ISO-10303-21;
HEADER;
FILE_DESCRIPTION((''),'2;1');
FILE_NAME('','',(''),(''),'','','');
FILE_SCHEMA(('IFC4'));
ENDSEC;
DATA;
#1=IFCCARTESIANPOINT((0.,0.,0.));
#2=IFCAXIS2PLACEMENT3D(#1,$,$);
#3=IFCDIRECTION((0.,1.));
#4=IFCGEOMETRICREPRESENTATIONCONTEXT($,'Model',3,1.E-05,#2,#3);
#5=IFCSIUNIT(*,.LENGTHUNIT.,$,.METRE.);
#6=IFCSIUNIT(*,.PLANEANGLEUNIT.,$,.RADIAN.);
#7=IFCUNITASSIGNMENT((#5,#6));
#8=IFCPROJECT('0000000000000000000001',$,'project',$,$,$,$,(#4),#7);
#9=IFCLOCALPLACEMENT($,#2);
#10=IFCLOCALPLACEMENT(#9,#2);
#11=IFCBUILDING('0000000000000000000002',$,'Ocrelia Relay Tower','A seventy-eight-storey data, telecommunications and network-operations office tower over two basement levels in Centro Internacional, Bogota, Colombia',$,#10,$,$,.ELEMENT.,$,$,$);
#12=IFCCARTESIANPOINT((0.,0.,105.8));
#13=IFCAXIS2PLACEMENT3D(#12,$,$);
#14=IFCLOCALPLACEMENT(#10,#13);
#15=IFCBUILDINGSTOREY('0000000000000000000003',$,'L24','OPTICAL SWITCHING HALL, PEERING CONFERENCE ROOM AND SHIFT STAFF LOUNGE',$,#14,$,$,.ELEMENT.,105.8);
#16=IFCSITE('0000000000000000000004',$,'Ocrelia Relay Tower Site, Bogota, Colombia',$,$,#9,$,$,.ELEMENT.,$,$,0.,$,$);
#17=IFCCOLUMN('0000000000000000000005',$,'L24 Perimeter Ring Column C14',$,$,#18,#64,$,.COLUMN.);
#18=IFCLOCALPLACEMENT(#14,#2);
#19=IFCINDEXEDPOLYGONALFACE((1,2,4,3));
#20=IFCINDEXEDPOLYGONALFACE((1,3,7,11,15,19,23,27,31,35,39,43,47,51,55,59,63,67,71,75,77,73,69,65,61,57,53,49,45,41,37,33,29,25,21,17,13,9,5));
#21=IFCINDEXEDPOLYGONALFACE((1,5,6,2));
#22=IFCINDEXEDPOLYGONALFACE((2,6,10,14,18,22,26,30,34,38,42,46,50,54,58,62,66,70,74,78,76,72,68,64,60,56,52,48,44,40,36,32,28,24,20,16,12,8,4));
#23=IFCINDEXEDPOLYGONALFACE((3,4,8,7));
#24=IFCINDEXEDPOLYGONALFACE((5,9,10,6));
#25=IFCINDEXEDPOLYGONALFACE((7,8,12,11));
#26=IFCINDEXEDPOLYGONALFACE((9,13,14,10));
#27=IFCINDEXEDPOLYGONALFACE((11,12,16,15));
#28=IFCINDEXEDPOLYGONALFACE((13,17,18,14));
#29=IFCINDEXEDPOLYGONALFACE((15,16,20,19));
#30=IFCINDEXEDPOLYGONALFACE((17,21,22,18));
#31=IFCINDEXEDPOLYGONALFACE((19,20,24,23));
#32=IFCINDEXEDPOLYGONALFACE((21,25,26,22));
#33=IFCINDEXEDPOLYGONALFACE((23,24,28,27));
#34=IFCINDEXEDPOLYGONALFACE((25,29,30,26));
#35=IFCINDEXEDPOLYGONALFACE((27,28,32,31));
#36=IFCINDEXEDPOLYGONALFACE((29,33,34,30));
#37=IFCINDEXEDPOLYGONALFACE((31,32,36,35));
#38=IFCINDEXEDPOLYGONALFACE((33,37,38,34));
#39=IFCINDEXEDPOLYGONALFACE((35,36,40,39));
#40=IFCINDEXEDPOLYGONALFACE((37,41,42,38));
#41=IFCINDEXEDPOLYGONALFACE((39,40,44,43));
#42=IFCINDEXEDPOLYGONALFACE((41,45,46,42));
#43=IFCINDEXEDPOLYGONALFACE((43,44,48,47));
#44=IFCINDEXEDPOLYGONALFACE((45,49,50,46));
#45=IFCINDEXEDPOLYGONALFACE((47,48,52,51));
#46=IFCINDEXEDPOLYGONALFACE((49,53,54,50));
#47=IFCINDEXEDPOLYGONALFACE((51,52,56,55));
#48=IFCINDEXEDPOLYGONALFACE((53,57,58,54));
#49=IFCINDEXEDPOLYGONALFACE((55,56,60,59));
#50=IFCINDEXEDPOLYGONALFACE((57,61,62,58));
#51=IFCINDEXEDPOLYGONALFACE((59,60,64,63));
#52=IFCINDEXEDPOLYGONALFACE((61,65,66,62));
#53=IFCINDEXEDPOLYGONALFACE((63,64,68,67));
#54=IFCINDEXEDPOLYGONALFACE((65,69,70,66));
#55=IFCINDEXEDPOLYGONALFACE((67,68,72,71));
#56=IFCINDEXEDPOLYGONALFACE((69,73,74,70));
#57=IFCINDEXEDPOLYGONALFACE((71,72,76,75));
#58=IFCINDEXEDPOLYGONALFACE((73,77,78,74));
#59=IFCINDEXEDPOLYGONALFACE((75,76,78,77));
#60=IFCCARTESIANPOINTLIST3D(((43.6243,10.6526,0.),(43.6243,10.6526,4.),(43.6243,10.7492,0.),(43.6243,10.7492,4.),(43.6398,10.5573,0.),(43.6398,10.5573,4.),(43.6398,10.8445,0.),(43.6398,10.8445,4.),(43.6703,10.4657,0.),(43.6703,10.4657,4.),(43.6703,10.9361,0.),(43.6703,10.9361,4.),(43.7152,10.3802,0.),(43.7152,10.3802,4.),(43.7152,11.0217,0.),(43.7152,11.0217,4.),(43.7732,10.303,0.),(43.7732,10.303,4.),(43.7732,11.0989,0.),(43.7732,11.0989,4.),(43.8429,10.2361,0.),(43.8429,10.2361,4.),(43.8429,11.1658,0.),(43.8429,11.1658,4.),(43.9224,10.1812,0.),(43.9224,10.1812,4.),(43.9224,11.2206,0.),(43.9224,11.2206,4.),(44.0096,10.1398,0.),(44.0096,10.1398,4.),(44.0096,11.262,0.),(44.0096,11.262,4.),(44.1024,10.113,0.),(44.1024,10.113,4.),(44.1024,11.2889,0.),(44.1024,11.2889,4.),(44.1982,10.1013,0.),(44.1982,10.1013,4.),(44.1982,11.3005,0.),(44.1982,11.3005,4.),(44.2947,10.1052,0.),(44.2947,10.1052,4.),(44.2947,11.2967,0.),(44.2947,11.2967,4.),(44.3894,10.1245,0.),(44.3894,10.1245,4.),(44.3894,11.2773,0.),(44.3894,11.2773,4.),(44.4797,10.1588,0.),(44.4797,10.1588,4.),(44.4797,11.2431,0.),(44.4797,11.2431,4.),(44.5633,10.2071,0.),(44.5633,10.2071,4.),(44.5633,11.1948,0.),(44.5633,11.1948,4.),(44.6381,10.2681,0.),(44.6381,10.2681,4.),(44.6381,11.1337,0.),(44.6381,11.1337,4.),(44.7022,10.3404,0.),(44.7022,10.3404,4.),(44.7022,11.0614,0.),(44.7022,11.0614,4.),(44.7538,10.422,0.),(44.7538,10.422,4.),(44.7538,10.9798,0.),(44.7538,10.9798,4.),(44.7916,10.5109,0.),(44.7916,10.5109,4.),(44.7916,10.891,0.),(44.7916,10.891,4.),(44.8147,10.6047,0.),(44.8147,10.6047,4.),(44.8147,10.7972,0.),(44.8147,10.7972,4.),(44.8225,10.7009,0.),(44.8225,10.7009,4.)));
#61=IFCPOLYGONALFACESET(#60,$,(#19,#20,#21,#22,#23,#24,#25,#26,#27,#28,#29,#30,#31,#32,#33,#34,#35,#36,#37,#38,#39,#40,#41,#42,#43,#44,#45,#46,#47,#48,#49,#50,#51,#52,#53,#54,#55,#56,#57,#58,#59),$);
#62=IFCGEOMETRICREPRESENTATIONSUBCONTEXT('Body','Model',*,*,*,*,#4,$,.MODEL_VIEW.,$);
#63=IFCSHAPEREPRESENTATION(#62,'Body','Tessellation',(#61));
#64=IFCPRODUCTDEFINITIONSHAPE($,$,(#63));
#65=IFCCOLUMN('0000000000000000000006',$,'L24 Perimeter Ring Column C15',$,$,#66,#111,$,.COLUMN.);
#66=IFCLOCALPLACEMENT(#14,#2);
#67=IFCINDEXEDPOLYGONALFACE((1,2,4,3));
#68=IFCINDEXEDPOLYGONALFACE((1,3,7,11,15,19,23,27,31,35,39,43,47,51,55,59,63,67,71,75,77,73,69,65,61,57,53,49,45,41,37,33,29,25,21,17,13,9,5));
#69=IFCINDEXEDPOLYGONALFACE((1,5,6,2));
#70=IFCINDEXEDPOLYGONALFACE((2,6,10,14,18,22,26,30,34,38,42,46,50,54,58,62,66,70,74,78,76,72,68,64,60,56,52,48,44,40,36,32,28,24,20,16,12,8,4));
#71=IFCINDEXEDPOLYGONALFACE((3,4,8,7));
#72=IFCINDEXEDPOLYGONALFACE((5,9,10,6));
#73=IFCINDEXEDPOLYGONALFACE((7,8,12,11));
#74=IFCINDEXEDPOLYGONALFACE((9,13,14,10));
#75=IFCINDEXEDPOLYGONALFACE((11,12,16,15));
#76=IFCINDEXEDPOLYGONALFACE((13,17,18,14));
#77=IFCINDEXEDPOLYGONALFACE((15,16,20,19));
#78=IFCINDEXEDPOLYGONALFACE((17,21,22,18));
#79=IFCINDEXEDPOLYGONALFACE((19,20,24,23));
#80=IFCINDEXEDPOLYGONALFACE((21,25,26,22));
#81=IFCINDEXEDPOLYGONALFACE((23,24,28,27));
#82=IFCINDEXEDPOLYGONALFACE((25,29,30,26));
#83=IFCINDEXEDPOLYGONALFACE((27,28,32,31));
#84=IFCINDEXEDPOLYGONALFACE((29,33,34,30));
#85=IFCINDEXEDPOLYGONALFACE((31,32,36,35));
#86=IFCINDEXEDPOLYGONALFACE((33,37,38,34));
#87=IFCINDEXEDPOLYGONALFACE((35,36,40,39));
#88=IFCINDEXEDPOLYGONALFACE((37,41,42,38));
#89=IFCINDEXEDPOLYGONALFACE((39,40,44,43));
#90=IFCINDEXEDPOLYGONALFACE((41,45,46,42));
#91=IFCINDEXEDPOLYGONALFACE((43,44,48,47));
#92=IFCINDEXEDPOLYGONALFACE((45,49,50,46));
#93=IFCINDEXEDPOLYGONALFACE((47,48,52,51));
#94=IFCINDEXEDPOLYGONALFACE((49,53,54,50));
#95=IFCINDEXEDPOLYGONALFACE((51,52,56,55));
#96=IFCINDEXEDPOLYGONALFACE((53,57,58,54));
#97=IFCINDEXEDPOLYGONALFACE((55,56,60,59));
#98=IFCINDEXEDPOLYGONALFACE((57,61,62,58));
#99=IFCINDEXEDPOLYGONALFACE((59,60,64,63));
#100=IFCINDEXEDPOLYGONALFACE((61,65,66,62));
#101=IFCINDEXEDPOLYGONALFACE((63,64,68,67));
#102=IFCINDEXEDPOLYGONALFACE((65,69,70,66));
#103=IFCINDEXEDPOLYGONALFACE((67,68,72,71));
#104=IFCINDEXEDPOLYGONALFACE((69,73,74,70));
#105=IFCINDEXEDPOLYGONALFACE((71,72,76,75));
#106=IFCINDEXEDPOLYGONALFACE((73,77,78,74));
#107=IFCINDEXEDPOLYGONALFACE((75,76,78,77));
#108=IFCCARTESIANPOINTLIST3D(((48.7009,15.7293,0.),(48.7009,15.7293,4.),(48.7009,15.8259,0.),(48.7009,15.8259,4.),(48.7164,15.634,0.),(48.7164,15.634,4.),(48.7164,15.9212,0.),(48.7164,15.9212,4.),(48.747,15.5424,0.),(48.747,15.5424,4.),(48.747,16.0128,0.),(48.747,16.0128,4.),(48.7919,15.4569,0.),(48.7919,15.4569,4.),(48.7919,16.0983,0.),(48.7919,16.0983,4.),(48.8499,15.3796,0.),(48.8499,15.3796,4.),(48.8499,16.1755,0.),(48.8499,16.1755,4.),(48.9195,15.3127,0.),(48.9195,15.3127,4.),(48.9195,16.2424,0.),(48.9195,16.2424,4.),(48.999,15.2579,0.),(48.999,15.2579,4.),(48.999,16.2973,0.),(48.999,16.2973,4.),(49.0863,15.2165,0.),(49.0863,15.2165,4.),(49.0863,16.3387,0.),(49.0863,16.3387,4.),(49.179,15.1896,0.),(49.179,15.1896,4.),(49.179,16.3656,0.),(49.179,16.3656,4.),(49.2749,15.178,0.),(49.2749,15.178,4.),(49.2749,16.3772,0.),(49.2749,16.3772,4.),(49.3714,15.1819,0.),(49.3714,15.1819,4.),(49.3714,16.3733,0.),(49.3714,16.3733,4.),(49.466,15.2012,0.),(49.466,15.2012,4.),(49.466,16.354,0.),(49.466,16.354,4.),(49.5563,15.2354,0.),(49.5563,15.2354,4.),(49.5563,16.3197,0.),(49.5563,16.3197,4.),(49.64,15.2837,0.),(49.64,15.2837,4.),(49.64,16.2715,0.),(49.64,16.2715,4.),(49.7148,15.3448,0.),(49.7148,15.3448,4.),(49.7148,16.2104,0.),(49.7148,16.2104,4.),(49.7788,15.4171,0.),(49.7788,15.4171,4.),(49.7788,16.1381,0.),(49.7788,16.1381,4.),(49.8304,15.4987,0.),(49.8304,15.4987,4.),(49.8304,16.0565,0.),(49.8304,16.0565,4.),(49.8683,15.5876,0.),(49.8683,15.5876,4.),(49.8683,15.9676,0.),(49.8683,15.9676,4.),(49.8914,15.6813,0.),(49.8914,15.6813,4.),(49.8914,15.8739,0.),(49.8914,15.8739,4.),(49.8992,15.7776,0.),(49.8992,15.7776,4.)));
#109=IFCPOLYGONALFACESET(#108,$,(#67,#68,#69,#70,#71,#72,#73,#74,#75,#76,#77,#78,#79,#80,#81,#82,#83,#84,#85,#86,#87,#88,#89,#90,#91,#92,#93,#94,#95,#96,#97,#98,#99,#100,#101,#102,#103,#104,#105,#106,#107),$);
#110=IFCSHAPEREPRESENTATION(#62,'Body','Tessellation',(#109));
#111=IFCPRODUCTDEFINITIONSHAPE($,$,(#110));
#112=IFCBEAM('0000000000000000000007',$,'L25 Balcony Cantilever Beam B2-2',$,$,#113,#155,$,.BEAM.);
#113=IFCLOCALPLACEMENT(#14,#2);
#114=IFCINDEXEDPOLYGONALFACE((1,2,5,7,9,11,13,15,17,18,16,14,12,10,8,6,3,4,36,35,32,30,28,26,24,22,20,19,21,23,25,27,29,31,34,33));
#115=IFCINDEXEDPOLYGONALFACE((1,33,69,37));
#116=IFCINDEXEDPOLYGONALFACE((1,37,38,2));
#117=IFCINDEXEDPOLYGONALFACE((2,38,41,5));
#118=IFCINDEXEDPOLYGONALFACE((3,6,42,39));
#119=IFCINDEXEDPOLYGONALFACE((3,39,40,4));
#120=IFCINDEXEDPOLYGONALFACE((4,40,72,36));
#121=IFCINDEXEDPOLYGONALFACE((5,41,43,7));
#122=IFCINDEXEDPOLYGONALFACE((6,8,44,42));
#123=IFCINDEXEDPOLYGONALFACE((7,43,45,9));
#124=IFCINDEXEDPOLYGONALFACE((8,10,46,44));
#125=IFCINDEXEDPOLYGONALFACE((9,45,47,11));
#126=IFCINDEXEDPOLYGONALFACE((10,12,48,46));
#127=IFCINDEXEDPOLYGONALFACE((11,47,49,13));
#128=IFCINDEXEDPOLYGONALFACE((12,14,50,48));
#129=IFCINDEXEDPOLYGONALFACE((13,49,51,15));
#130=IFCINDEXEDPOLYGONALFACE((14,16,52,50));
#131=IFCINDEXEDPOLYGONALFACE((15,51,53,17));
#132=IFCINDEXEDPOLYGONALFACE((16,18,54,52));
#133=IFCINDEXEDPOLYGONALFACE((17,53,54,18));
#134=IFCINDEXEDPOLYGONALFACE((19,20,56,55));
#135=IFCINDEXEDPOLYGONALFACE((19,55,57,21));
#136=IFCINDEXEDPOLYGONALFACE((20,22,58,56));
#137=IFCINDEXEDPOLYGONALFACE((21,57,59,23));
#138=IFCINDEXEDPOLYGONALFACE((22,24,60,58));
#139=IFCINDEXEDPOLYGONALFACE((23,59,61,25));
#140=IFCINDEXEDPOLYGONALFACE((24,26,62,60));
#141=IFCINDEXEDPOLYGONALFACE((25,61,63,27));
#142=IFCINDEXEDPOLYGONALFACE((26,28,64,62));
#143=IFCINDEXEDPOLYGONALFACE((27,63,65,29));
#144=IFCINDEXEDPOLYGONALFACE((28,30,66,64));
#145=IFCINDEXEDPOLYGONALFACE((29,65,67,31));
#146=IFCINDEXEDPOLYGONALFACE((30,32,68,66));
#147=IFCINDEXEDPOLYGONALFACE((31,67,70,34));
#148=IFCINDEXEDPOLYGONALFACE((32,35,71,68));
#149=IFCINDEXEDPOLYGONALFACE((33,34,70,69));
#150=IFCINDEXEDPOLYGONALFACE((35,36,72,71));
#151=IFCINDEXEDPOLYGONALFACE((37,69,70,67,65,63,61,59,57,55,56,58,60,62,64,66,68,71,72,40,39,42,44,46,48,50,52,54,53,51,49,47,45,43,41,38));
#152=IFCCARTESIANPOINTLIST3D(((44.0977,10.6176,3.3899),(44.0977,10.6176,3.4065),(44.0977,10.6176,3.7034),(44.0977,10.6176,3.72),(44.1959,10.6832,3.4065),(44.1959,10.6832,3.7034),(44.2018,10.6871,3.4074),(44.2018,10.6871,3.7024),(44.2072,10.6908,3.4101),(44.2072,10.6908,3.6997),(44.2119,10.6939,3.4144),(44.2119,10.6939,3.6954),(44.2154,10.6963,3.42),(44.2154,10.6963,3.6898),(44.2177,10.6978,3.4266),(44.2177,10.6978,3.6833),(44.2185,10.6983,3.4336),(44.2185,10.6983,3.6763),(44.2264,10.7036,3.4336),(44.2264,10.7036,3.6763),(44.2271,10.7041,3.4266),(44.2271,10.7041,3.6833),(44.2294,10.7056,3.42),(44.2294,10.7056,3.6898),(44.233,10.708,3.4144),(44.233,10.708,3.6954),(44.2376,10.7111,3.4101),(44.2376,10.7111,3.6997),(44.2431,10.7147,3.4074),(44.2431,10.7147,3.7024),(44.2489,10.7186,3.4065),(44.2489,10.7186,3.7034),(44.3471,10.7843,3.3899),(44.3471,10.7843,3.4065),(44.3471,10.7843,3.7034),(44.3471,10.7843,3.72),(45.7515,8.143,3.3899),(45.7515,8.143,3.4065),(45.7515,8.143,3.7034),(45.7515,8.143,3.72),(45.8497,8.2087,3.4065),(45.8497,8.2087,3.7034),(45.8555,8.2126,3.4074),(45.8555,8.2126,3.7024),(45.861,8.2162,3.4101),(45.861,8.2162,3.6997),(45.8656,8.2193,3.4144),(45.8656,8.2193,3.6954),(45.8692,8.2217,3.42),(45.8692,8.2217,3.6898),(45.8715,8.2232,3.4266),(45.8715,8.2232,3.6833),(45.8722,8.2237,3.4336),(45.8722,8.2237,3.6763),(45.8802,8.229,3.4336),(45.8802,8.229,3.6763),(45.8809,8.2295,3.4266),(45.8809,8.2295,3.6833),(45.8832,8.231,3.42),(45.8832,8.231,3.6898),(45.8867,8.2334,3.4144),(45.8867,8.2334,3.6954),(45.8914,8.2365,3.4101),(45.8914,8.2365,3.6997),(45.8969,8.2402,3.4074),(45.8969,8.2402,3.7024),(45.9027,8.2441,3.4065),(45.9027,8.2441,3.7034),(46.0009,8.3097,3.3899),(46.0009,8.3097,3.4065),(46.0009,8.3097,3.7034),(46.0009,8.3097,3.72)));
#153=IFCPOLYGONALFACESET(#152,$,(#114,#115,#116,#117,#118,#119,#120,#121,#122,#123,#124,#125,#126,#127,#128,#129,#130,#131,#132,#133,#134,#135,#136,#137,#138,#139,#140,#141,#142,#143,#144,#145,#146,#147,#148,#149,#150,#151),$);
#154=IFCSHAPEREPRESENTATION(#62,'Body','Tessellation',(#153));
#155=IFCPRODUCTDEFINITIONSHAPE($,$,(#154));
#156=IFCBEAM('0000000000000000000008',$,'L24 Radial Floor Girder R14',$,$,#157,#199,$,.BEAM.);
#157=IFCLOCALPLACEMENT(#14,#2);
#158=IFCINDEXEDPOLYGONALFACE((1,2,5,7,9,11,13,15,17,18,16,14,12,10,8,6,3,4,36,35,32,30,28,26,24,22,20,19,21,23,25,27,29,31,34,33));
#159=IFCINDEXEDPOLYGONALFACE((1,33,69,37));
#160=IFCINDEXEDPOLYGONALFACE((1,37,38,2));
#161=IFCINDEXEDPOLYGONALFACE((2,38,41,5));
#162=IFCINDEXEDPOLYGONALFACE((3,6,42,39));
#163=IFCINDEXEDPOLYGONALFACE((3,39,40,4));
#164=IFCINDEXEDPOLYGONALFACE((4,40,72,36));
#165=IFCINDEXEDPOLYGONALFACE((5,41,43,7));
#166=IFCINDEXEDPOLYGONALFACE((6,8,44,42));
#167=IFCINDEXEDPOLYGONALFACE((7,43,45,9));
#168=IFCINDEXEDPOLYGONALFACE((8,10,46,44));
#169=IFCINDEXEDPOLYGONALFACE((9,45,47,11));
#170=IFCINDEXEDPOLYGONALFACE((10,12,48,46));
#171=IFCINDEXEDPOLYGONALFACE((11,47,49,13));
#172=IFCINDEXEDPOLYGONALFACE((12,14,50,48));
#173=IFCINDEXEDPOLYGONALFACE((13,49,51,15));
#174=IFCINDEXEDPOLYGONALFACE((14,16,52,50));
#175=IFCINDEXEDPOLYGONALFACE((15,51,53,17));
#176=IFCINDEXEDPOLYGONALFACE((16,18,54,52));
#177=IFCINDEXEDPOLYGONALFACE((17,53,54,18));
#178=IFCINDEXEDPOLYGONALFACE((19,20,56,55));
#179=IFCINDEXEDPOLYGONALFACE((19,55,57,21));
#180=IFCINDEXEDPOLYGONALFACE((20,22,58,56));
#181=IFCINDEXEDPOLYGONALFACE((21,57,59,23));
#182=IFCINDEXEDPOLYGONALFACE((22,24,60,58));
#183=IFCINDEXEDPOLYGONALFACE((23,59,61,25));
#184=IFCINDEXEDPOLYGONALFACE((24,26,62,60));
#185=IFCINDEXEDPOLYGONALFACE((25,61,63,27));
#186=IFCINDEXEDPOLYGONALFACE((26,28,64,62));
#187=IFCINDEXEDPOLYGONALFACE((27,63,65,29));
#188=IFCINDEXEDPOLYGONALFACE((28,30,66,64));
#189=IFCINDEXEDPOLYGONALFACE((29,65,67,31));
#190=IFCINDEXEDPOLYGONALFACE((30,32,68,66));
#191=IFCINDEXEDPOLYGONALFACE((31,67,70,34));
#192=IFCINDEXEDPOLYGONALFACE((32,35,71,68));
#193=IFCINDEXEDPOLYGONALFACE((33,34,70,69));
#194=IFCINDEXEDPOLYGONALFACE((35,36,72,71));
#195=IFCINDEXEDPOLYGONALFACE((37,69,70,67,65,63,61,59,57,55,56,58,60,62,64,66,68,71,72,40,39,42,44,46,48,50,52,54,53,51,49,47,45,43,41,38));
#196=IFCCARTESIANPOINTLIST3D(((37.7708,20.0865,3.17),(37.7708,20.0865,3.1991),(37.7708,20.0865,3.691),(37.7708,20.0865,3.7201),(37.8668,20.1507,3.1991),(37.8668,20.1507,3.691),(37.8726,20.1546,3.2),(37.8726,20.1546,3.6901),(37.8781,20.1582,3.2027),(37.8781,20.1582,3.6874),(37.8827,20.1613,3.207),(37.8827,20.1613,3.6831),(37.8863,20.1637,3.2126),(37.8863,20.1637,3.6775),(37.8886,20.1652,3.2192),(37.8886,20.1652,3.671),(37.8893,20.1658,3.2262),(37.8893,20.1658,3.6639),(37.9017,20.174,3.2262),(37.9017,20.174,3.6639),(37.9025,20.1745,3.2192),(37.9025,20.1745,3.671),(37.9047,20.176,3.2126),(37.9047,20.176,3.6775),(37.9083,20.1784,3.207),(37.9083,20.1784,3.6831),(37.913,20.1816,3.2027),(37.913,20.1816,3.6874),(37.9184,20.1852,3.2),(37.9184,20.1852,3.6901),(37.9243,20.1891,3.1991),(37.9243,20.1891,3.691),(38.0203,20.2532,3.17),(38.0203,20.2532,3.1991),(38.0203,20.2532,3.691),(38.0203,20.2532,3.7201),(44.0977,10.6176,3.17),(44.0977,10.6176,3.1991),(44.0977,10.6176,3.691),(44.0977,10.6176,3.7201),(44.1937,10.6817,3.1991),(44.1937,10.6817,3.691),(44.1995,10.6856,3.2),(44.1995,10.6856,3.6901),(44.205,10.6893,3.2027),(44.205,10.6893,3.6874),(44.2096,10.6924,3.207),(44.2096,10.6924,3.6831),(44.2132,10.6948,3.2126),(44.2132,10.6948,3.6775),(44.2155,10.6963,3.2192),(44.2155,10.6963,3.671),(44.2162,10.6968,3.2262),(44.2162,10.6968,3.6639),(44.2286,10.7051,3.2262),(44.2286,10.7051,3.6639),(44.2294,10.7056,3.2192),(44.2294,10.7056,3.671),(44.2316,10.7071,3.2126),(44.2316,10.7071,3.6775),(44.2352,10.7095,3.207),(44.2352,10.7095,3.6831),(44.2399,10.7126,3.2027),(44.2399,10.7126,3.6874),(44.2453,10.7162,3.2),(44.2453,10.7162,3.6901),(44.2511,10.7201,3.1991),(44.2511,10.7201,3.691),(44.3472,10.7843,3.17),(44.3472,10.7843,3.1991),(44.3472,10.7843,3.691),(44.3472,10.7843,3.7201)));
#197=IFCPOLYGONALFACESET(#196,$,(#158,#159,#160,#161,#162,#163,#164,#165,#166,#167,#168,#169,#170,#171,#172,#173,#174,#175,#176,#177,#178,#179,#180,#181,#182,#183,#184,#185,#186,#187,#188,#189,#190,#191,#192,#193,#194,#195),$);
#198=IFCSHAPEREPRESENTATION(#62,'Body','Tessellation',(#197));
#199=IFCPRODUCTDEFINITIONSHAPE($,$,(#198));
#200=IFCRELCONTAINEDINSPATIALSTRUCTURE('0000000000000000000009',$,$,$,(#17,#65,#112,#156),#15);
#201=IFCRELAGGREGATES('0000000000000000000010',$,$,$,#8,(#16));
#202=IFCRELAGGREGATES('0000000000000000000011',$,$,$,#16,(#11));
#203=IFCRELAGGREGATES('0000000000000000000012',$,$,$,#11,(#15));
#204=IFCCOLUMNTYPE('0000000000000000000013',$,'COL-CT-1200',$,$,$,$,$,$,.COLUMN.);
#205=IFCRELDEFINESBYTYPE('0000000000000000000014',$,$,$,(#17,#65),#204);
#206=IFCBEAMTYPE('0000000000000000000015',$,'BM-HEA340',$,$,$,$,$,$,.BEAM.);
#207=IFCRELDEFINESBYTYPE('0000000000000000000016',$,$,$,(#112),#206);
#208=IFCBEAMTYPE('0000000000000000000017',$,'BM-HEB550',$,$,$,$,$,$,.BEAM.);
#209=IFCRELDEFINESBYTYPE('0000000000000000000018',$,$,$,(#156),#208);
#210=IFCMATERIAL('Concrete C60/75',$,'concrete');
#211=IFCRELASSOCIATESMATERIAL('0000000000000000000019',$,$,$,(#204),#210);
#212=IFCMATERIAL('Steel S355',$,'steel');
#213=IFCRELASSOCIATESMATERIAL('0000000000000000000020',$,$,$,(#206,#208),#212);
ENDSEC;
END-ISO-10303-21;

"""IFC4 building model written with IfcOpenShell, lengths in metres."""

from ifc_helpers import new_model, si_unit, direction, frame, origin, origin_2d, place, context, subcontext, project, spatial, circle, i_section, extrude, material, material_profile, profile_set, type_object, element, save


model = new_model("IFC4")

# Units and contexts
model_context = context("Model", 3, precision=1e-05, world=origin(), true_north=direction((0.0, 1.0)))
body_context = subcontext(model_context, "Body", "Model", "MODEL_VIEW")
ifc_project = project(units=[si_unit("LENGTHUNIT", "METRE"), si_unit("PLANEANGLEUNIT", "RADIAN")], contexts=[model_context])

# Site, building, storey
site_placement = place(None, origin())
site = spatial("IfcSite", under=ifc_project, at=site_placement, Name="Ocrelia Relay Tower Site, Bogota, Colombia", CompositionType="ELEMENT", RefElevation=0.0)
building_placement = place(site_placement, origin())
building = spatial("IfcBuilding", under=site, at=building_placement, Name="Ocrelia Relay Tower", Description="A seventy-eight-storey data, telecommunications and network-operations office tower over two basement levels in Centro Internacional, Bogota, Colombia", CompositionType="ELEMENT")
storey_placement = place(building_placement, frame((0.0, 0.0, 105.8)))
storey = spatial("IfcBuildingStorey", under=building, at=storey_placement, Name="L24", Description="OPTICAL SWITCHING HALL, PEERING CONFERENCE ROOM AND SHIFT STAFF LOUNGE", CompositionType="ELEMENT", Elevation=105.8)

# Columns
ifc_material_1 = material(Name="Concrete C60/75", Category="concrete")
ifc_material_profile_1 = material_profile(ifc_material_1, circle(Radius=0.6001, at=origin_2d()), Name="RC-CIR-1200")
ifc_profile_set_1 = profile_set([ifc_material_profile_1], Name="Concrete C60/75")
column_type = type_object("IfcColumnType", Name="COL-CT-1200", PredefinedType="COLUMN", material=ifc_profile_set_1)
for number, where, z_axis, x_axis, name in (
    (1, (44.2224, 10.7009, 0.0), (0.0, 0.0, 1.0), (1.0, 0.0, 0.0), "L24 Perimeter Ring Column C14"),
    (2, (49.2991, 15.7776, 0.0), (0.0, 0.0, 1.0), (1.0, 0.0, 0.0), "L24 Perimeter Ring Column C15"),
):
    element("IfcColumn", number, at=place(storey_placement, frame(where, z_axis=z_axis, x_axis=x_axis)), inside=storey, type_object=column_type, Name=name, PredefinedType="COLUMN", context=body_context, shape_type="SweptSolid", body=[
        extrude(circle(Radius=0.6001, at=origin_2d()), origin(), (0.0, 0.0, 1.0), 4.0),
    ])

# Beams
ifc_material_2 = material(Name="Steel S355", Category="steel")
ifc_material_profile_2 = material_profile(ifc_material_2, i_section(OverallWidth=0.3, OverallDepth=0.3301, WebThickness=0.0095, FlangeThickness=0.0166, FilletRadius=0.0271, at=origin_2d()), Name="HEA 340")
ifc_profile_set_2 = profile_set([ifc_material_profile_2], Name="Steel S355")
beam_type_1 = type_object("IfcBeamType", Name="BM-HEA340", PredefinedType="BEAM", material=ifc_profile_set_2)
beam_1_placement = place(storey_placement, frame((44.2224, 10.7009, 3.5549), z_axis=(0.555646, -0.831419, 0.0), x_axis=(0.831419, 0.555646, 0.0)))
element("IfcBeam", 3, at=beam_1_placement, inside=storey, type_object=beam_type_1, Name="L25 Balcony Cantilever Beam B2-2", PredefinedType="BEAM", context=body_context, shape_type="SweptSolid", body=[
    extrude(i_section(OverallWidth=0.3, OverallDepth=0.3301, WebThickness=0.0095, FlangeThickness=0.0166, FilletRadius=0.0271, at=origin_2d()), origin(), (0.0, 0.0, 1.0), 2.9763),
])
ifc_material_profile_3 = material_profile(ifc_material_2, i_section(OverallWidth=0.3, OverallDepth=0.55, WebThickness=0.0149, FlangeThickness=0.0291, FilletRadius=0.0271, at=origin_2d()), Name="HEB 550")
ifc_profile_set_3 = profile_set([ifc_material_profile_3], Name="Steel S355")
beam_type_2 = type_object("IfcBeamType", Name="BM-HEB550", PredefinedType="BEAM", material=ifc_profile_set_3)
beam_2_placement = place(storey_placement, frame((44.2224, 10.7009, 3.4451), z_axis=(-0.555566, 0.831473, 0.0), x_axis=(-0.831473, -0.555566, 0.0)))
element("IfcBeam", 4, at=beam_2_placement, inside=storey, type_object=beam_type_2, Name="L24 Radial Floor Girder R14", PredefinedType="BEAM", context=body_context, shape_type="SweptSolid", body=[
    extrude(i_section(OverallWidth=0.3, OverallDepth=0.55, WebThickness=0.0149, FlangeThickness=0.0291, FilletRadius=0.0271, at=origin_2d()), origin(), (0.0, 0.0, 1.0), 11.3882),
])

save(model, "model.ifc")
